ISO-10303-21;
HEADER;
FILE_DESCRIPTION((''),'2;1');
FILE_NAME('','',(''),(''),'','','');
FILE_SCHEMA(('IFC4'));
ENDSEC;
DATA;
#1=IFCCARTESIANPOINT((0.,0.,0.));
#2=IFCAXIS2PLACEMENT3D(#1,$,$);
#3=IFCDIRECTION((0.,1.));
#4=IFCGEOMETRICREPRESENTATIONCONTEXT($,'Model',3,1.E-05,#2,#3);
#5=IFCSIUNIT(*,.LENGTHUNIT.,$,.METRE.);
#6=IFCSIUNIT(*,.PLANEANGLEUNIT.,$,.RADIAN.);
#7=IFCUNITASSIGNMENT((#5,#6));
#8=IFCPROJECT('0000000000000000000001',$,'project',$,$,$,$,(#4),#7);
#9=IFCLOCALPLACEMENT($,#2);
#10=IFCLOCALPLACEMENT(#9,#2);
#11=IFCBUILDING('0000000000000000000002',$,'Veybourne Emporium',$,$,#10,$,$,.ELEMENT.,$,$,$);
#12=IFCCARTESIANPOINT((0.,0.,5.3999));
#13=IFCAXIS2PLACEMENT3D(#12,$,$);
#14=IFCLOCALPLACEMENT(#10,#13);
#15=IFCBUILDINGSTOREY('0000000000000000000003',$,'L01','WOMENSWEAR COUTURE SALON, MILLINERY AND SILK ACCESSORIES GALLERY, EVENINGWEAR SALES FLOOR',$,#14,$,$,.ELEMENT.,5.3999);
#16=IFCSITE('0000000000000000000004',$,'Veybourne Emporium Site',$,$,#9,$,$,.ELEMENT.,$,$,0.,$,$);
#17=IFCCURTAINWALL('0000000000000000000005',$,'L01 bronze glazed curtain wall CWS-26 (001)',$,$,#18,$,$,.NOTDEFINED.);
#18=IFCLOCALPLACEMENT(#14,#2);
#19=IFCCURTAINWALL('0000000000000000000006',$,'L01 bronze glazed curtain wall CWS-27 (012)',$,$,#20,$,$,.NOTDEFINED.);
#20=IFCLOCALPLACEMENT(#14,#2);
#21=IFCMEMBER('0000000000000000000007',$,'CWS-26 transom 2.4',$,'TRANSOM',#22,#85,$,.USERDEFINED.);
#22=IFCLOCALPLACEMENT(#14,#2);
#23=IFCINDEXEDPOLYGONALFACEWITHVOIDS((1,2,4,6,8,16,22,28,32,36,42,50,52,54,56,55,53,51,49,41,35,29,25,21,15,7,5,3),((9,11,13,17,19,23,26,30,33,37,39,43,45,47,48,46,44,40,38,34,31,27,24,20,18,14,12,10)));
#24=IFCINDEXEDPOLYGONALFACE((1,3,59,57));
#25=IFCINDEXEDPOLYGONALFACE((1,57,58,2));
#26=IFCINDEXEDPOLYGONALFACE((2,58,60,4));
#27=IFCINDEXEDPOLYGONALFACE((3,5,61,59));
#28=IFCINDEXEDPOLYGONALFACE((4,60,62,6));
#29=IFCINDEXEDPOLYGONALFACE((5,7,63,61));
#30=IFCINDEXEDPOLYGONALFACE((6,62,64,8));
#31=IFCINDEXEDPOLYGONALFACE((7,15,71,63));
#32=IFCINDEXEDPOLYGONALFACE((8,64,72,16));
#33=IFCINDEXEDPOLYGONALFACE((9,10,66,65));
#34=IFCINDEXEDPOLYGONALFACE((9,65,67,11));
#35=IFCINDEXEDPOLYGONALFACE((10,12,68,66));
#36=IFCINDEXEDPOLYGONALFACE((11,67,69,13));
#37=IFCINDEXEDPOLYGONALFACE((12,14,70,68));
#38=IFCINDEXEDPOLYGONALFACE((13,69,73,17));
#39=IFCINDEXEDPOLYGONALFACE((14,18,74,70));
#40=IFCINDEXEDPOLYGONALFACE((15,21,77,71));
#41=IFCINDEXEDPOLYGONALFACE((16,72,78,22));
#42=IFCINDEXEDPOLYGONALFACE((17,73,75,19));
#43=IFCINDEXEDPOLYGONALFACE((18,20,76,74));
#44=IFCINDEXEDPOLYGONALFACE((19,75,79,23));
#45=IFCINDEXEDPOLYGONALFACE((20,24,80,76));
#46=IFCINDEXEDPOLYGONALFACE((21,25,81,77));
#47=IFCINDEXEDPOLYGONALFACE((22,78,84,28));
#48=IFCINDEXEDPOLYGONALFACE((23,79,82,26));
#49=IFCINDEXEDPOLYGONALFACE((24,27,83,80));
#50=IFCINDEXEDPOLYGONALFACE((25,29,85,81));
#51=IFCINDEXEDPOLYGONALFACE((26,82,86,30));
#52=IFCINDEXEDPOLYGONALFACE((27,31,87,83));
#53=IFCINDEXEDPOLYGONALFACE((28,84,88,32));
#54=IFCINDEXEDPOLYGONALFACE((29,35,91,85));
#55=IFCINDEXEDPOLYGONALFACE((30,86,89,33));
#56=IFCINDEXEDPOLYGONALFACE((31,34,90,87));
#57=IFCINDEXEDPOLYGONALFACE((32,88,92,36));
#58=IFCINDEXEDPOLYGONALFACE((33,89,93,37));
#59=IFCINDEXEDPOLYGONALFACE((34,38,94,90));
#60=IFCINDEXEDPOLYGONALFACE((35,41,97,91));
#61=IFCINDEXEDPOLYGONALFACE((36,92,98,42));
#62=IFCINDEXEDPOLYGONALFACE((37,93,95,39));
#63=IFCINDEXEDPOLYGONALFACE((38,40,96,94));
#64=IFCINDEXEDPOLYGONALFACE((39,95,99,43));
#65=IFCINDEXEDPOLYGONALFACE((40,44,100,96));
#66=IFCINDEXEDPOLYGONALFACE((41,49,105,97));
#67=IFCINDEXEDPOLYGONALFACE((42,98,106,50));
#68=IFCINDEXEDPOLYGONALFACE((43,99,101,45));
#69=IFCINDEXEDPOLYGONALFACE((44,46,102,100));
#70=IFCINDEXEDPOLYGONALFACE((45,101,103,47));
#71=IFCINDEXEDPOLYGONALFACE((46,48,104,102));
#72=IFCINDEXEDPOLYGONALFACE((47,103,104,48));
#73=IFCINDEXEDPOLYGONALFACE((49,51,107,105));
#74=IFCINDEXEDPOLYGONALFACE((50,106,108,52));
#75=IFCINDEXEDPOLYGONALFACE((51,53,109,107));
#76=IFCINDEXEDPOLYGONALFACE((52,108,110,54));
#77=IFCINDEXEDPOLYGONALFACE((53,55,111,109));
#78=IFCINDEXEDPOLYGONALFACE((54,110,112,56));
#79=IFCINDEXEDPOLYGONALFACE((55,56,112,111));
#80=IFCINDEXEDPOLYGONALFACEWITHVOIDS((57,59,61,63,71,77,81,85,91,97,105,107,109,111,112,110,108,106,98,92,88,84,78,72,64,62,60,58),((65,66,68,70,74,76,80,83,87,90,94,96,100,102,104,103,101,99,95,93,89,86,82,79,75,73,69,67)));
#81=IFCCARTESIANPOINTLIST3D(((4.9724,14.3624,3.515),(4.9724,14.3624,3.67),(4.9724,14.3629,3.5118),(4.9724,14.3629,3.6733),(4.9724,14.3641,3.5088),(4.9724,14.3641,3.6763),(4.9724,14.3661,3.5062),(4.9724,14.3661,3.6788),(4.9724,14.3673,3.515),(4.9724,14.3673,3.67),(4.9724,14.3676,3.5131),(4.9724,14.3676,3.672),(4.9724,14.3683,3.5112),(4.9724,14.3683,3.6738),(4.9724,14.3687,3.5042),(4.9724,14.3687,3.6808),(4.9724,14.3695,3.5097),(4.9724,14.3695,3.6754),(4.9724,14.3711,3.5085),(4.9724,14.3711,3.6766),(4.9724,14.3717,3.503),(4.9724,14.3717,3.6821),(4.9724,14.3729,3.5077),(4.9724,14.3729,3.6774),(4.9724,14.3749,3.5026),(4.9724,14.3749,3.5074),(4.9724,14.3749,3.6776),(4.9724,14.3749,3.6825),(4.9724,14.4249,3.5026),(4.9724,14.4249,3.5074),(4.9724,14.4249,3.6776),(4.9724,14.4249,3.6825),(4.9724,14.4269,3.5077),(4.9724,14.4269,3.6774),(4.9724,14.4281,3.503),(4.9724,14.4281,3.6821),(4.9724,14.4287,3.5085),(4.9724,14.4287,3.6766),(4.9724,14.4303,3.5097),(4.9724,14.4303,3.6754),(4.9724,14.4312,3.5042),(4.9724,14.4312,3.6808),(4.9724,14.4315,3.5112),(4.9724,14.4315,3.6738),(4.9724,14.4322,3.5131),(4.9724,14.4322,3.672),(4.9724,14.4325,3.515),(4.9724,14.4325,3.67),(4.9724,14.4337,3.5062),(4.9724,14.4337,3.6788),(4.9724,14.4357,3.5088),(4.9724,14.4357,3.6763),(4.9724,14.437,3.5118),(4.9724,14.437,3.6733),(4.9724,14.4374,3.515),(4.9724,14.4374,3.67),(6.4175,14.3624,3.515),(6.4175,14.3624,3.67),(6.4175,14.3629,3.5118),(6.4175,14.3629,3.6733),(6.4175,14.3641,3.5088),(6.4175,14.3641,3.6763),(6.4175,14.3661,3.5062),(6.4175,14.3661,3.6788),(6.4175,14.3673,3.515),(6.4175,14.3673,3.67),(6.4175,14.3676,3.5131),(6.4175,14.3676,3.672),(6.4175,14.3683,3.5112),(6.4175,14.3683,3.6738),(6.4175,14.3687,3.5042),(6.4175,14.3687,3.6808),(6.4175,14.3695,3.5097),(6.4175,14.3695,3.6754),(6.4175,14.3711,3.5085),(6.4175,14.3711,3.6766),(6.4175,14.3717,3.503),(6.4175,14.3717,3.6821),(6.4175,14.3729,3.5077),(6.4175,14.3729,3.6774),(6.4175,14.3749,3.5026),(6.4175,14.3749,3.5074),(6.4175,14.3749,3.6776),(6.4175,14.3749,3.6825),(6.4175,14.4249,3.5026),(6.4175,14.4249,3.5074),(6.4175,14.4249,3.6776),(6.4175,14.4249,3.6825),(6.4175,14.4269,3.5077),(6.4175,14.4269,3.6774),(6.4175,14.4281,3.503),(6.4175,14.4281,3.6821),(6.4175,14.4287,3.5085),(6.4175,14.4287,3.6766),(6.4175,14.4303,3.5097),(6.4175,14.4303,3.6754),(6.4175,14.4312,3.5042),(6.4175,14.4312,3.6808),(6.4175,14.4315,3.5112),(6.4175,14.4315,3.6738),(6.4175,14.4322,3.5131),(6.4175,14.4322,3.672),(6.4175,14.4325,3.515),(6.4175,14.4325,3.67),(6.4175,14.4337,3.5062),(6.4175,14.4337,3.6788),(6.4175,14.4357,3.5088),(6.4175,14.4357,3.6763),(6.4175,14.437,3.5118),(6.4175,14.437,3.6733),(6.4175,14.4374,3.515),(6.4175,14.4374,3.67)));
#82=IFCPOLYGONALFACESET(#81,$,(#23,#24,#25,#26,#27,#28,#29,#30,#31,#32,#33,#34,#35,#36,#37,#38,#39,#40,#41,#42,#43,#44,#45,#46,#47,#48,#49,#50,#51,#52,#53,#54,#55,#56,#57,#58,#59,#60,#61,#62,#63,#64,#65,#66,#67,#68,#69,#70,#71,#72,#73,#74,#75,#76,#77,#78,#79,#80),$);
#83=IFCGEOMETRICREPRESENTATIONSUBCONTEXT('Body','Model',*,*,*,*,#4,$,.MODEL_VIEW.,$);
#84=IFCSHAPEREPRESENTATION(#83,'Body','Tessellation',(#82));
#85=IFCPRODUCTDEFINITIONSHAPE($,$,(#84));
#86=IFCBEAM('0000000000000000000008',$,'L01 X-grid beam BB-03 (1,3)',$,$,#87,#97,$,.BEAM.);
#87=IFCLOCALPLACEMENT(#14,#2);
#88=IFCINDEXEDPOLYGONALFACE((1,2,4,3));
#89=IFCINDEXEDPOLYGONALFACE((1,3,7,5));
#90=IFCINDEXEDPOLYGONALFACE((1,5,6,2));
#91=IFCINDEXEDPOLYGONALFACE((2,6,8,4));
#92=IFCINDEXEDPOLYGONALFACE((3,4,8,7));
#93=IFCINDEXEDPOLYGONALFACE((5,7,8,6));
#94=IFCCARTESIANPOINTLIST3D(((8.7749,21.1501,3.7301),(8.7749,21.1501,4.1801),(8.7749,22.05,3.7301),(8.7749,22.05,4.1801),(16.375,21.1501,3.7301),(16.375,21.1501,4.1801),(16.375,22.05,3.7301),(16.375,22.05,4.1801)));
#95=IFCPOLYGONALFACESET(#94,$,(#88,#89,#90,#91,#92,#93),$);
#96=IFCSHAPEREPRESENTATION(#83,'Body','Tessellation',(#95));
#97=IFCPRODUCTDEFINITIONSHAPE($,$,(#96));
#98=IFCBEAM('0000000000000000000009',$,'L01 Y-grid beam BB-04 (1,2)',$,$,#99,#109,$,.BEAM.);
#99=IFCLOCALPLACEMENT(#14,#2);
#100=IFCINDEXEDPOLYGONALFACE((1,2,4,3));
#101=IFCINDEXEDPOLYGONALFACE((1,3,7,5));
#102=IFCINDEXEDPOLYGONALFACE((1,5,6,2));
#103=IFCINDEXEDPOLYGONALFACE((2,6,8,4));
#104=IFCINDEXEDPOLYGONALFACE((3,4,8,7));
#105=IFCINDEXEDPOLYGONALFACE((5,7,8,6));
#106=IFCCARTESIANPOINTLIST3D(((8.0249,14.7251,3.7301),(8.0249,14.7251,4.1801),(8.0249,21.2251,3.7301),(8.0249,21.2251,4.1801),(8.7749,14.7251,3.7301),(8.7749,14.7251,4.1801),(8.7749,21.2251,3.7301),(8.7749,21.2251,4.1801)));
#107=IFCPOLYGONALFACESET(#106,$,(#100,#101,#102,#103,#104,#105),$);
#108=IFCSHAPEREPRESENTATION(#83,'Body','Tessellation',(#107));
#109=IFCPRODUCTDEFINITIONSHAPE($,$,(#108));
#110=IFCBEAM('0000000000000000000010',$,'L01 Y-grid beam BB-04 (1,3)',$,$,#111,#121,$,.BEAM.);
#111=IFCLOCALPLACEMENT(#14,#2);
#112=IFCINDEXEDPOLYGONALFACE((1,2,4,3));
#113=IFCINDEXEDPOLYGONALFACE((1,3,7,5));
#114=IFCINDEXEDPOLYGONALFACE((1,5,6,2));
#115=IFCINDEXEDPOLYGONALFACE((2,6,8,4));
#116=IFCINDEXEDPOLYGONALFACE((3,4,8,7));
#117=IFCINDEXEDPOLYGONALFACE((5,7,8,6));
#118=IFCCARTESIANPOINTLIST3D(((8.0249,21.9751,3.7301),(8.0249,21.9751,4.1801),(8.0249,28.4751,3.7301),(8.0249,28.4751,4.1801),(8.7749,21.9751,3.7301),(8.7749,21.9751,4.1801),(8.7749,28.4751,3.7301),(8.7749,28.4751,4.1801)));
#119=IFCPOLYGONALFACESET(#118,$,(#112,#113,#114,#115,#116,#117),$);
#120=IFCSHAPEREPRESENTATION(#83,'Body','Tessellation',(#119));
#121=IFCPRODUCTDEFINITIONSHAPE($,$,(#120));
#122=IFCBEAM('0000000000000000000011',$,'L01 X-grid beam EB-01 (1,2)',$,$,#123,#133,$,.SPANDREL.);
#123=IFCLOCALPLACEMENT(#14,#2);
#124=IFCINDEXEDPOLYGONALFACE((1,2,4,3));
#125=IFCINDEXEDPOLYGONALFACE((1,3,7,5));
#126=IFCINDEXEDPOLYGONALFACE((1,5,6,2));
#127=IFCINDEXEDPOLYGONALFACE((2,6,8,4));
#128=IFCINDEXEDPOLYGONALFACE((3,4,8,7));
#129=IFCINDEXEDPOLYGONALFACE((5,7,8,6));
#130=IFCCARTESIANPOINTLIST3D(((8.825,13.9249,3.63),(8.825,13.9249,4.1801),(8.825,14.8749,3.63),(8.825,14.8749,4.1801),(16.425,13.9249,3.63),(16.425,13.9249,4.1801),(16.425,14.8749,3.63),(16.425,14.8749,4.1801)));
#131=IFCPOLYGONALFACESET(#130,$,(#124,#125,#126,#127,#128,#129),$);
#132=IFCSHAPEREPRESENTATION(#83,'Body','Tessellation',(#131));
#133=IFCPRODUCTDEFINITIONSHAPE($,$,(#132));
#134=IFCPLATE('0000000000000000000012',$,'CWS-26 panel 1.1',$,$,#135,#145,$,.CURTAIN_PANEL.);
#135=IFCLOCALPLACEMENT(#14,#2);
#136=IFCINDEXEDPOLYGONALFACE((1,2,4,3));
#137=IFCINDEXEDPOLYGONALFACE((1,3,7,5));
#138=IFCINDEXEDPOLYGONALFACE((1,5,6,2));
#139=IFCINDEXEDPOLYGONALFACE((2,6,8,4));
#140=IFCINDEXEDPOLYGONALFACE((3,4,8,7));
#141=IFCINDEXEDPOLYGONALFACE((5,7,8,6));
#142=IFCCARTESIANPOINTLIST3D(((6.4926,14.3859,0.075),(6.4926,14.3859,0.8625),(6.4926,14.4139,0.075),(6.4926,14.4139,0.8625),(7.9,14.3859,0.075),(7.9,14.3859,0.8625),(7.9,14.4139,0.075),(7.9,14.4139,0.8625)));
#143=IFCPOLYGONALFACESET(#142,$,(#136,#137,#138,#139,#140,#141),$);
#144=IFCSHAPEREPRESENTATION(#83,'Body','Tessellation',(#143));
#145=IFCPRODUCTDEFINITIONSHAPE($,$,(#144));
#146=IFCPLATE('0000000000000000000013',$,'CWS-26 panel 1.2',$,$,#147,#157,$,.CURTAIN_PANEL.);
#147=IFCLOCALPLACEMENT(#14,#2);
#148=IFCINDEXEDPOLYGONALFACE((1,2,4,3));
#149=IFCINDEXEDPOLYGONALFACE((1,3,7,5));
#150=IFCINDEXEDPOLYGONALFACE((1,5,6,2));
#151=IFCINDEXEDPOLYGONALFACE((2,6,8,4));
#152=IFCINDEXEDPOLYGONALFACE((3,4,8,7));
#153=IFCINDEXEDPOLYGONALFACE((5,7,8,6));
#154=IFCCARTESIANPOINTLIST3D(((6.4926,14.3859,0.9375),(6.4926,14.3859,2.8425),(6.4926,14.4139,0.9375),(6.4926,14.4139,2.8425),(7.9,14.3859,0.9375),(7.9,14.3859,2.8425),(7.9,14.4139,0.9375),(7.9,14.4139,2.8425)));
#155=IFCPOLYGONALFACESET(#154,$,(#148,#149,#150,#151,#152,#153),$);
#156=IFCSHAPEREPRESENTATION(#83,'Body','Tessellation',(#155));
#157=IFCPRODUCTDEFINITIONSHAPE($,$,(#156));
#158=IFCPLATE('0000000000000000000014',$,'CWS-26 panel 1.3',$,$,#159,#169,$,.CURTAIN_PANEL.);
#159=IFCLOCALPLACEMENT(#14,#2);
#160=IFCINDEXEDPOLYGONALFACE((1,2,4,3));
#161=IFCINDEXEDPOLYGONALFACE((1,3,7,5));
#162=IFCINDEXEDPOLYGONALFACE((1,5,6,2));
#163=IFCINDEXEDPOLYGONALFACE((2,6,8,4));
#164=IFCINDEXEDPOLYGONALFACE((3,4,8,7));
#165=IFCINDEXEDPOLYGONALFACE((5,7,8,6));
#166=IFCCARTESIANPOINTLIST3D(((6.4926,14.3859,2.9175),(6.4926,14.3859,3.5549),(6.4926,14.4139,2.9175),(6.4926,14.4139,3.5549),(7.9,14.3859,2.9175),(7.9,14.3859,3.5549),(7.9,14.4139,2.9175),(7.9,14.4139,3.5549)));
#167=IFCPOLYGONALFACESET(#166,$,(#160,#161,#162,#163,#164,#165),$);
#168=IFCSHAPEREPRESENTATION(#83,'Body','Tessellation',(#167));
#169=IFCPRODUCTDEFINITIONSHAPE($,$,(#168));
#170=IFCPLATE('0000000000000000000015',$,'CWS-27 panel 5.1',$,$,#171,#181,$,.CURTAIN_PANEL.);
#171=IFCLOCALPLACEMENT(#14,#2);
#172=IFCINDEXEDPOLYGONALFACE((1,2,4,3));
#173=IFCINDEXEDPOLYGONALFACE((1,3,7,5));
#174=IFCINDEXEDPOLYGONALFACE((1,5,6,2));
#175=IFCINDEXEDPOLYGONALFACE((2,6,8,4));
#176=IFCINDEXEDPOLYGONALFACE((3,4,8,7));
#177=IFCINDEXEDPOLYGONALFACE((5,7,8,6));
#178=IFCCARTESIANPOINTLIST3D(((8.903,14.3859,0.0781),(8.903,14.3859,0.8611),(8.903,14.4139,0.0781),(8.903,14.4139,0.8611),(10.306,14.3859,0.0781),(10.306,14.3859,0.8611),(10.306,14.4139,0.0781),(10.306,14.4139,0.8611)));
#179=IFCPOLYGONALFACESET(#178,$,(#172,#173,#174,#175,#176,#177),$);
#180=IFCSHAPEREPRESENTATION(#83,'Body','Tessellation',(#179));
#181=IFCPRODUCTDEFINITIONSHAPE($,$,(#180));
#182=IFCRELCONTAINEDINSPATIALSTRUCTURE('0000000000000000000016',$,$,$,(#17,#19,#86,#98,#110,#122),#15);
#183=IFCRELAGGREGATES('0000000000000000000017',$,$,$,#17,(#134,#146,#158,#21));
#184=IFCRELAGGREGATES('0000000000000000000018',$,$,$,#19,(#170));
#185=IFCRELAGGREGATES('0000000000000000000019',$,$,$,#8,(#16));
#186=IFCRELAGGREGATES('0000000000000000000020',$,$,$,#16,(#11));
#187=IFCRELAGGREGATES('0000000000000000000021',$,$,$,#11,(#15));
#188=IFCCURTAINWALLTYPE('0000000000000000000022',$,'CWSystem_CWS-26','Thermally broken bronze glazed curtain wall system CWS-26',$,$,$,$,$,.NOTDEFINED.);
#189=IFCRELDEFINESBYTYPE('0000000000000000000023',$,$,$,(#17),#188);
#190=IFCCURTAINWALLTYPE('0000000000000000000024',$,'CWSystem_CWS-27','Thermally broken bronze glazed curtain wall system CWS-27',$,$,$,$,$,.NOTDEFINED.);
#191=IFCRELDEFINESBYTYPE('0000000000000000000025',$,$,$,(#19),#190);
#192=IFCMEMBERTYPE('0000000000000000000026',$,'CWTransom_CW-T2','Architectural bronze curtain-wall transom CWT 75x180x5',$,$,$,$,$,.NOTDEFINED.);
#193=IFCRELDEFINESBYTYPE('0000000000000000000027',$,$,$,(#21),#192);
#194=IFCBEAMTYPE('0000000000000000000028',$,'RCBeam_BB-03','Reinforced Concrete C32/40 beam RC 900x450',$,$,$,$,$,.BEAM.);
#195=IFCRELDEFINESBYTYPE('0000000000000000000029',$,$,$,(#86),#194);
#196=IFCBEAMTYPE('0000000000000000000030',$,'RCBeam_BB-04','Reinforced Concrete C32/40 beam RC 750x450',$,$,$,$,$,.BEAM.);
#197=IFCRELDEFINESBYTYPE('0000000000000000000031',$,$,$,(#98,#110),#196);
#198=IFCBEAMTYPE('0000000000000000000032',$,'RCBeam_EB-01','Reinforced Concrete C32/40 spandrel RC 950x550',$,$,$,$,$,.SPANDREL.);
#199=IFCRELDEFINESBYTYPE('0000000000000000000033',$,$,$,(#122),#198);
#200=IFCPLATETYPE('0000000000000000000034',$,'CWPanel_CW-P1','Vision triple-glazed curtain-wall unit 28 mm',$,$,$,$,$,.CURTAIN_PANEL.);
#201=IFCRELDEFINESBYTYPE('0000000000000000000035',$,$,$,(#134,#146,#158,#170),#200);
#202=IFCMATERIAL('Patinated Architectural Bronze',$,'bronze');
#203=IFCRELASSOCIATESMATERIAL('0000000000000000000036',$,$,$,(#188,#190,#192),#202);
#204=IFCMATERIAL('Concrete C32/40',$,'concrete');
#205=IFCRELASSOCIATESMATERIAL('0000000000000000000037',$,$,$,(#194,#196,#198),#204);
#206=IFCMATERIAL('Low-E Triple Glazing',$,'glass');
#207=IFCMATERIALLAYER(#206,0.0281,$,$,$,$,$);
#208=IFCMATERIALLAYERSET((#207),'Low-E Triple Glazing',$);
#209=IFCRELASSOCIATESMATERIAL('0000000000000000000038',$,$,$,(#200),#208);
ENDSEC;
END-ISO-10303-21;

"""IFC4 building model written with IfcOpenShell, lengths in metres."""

from ifc_helpers import new_model, si_unit, direction, frame, origin, origin_2d, place, context, subcontext, project, spatial, rectangle, hollow_rectangle, extrude, material, layer, layer_set, material_profile, profile_set, type_object, element, aggregate, save


model = new_model("IFC4")

# Units and contexts
model_context = context("Model", 3, precision=1e-05, world=origin(), true_north=direction((0.0, 1.0)))
body_context = subcontext(model_context, "Body", "Model", "MODEL_VIEW")
ifc_project = project(units=[si_unit("LENGTHUNIT", "METRE"), si_unit("PLANEANGLEUNIT", "RADIAN")], contexts=[model_context])

# Site, building, storey
site_placement = place(None, origin())
site = spatial("IfcSite", under=ifc_project, at=site_placement, Name="Veybourne Emporium Site", CompositionType="ELEMENT", RefElevation=0.0)
building_placement = place(site_placement, origin())
building = spatial("IfcBuilding", under=site, at=building_placement, Name="Veybourne Emporium", CompositionType="ELEMENT")
storey_placement = place(building_placement, frame((0.0, 0.0, 5.3999)))
storey = spatial("IfcBuildingStorey", under=building, at=storey_placement, Name="L01", Description="WOMENSWEAR COUTURE SALON, MILLINERY AND SILK ACCESSORIES GALLERY, EVENINGWEAR SALES FLOOR", CompositionType="ELEMENT", Elevation=5.3999)

# Curtain wall
ifc_material_1 = material(Name="Patinated Architectural Bronze", Category="bronze")
curtain_wall_type_1 = type_object("IfcCurtainWallType", Name="CWSystem_CWS-26", Description="Thermally broken bronze glazed curtain wall system CWS-26", PredefinedType="NOTDEFINED", material=ifc_material_1)
curtain_wall_1_placement = place(storey_placement, origin())
curtain_wall_1 = element("IfcCurtainWall", 1, at=curtain_wall_1_placement, inside=storey, type_object=curtain_wall_type_1, Name="L01 bronze glazed curtain wall CWS-26 (001)", PredefinedType="NOTDEFINED")

# Curtain wall
curtain_wall_type_2 = type_object("IfcCurtainWallType", Name="CWSystem_CWS-27", Description="Thermally broken bronze glazed curtain wall system CWS-27", PredefinedType="NOTDEFINED", material=ifc_material_1)
curtain_wall_2_placement = place(storey_placement, origin())
curtain_wall_2 = element("IfcCurtainWall", 2, at=curtain_wall_2_placement, inside=storey, type_object=curtain_wall_type_2, Name="L01 bronze glazed curtain wall CWS-27 (012)", PredefinedType="NOTDEFINED")

# Member
ifc_material_profile_1 = material_profile(ifc_material_1, hollow_rectangle(XDim=0.075, YDim=0.1799, WallThickness=0.0049, InnerFilletRadius=0.0076, OuterFilletRadius=0.0125, at=origin_2d()), Name="CWT 75x180x5")
ifc_profile_set_1 = profile_set([ifc_material_profile_1], Name="Patinated Architectural Bronze")
member_type_1 = type_object("IfcMemberType", Name="CWTransom_CW-T2", Description="Architectural bronze curtain-wall transom CWT 75x180x5", PredefinedType="NOTDEFINED", material=ifc_profile_set_1)
member_1_placement = place(storey_placement, frame((6.4175, 14.3999, 3.5925), z_axis=(-1.0, 0.0, 0.0), x_axis=(0.0, -1.0, 0.0)))
member_1 = element("IfcMember", 3, at=member_1_placement, type_object=member_type_1, Name="CWS-26 transom 2.4", ObjectType="TRANSOM", PredefinedType="USERDEFINED", context=body_context, shape_type="SweptSolid", body=[
    extrude(hollow_rectangle(XDim=0.075, YDim=0.1799, WallThickness=0.0049, InnerFilletRadius=0.0076, OuterFilletRadius=0.0125, at=origin_2d()), origin(), (0.0, 0.0, 1.0), 1.4451),
])

# Beams
ifc_material_2 = material(Name="Concrete C32/40", Category="concrete")
ifc_material_profile_2 = material_profile(ifc_material_2, rectangle(XDim=0.8999, YDim=0.45, at=origin_2d()), Name="RC 900x450")
ifc_profile_set_2 = profile_set([ifc_material_profile_2], Name="Concrete C32/40")
beam_type_1 = type_object("IfcBeamType", Name="RCBeam_BB-03", Description="Reinforced Concrete C32/40 beam RC 900x450", PredefinedType="BEAM", material=ifc_profile_set_2)
beam_1_placement = place(storey_placement, frame((8.7749, 21.6001, 3.9551), z_axis=(1.0, 0.0, 0.0), x_axis=(0.0, 1.0, 0.0)))
element("IfcBeam", 4, at=beam_1_placement, inside=storey, type_object=beam_type_1, Name="L01 X-grid beam BB-03 (1,3)", PredefinedType="BEAM", context=body_context, shape_type="SweptSolid", body=[
    extrude(rectangle(XDim=0.8999, YDim=0.45, at=origin_2d()), origin(), (0.0, 0.0, 1.0), 7.6001),
])
ifc_material_profile_3 = material_profile(ifc_material_2, rectangle(XDim=0.75, YDim=0.45, at=origin_2d()), Name="RC 750x450")
ifc_profile_set_3 = profile_set([ifc_material_profile_3], Name="Concrete C32/40")
beam_type_2 = type_object("IfcBeamType", Name="RCBeam_BB-04", Description="Reinforced Concrete C32/40 beam RC 750x450", PredefinedType="BEAM", material=ifc_profile_set_3)
for number, where, z_axis, x_axis, name in (
    (5, (8.3999, 14.7251, 3.9551), (0.0, 1.0, 0.0), (-1.0, 0.0, 0.0), "L01 Y-grid beam BB-04 (1,2)"),
    (6, (8.3999, 21.9751, 3.9551), (0.0, 1.0, 0.0), (-1.0, 0.0, 0.0), "L01 Y-grid beam BB-04 (1,3)"),
):
    element("IfcBeam", number, at=place(storey_placement, frame(where, z_axis=z_axis, x_axis=x_axis)), inside=storey, type_object=beam_type_2, Name=name, PredefinedType="BEAM", context=body_context, shape_type="SweptSolid", body=[
        extrude(rectangle(XDim=0.75, YDim=0.45, at=origin_2d()), origin(), (0.0, 0.0, 1.0), 6.5),
    ])
ifc_material_profile_4 = material_profile(ifc_material_2, rectangle(XDim=0.95, YDim=0.55, at=origin_2d()), Name="RC 950x550")
ifc_profile_set_4 = profile_set([ifc_material_profile_4], Name="Concrete C32/40")
beam_type_3 = type_object("IfcBeamType", Name="RCBeam_EB-01", Description="Reinforced Concrete C32/40 spandrel RC 950x550", PredefinedType="SPANDREL", material=ifc_profile_set_4)
beam_2_placement = place(storey_placement, frame((8.825, 14.3999, 3.905), z_axis=(1.0, 0.0, 0.0), x_axis=(0.0, 1.0, 0.0)))
element("IfcBeam", 7, at=beam_2_placement, inside=storey, type_object=beam_type_3, Name="L01 X-grid beam EB-01 (1,2)", PredefinedType="SPANDREL", context=body_context, shape_type="SweptSolid", body=[
    extrude(rectangle(XDim=0.95, YDim=0.55, at=origin_2d()), origin(), (0.0, 0.0, 1.0), 7.6001),
])

# Plates
ifc_material_3 = material(Name="Low-E Triple Glazing", Category="glass")
ifc_layer = layer(ifc_material_3, 0.0281)
ifc_layer_set = layer_set([ifc_layer], Name="Low-E Triple Glazing")
plate_type = type_object("IfcPlateType", Name="CWPanel_CW-P1", Description="Vision triple-glazed curtain-wall unit 28 mm", PredefinedType="CURTAIN_PANEL", material=ifc_layer_set)
plate_1_placement = place(storey_placement, frame((7.1963, 14.3999, 0.075), z_axis=(0.0, 0.0, 1.0), x_axis=(-1.0, 0.0, 0.0)))
plate_1 = element("IfcPlate", 8, at=plate_1_placement, type_object=plate_type, Name="CWS-26 panel 1.1", PredefinedType="CURTAIN_PANEL", context=body_context, shape_type="SweptSolid", body=[
    extrude(rectangle(XDim=1.4075, YDim=0.0281, at=origin_2d()), origin(), (0.0, 0.0, 1.0), 0.7876),
])
plate_2_placement = place(storey_placement, frame((7.1963, 14.3999, 0.9375), z_axis=(0.0, 0.0, 1.0), x_axis=(-1.0, 0.0, 0.0)))
plate_2 = element("IfcPlate", 9, at=plate_2_placement, type_object=plate_type, Name="CWS-26 panel 1.2", PredefinedType="CURTAIN_PANEL", context=body_context, shape_type="SweptSolid", body=[
    extrude(rectangle(XDim=1.4075, YDim=0.0281, at=origin_2d()), origin(), (0.0, 0.0, 1.0), 1.905),
])
plate_3_placement = place(storey_placement, frame((7.1963, 14.3999, 2.9175), z_axis=(0.0, 0.0, 1.0), x_axis=(-1.0, 0.0, 0.0)))
plate_3 = element("IfcPlate", 10, at=plate_3_placement, type_object=plate_type, Name="CWS-26 panel 1.3", PredefinedType="CURTAIN_PANEL", context=body_context, shape_type="SweptSolid", body=[
    extrude(rectangle(XDim=1.4075, YDim=0.0281, at=origin_2d()), origin(), (0.0, 0.0, 1.0), 0.6375),
])
aggregate(curtain_wall_1, [plate_1, plate_2, plate_3, member_1])
plate_4_placement = place(storey_placement, frame((9.6045, 14.3999, 0.0781), z_axis=(0.0, 0.0, 1.0), x_axis=(-1.0, 0.0, 0.0)))
plate_4 = element("IfcPlate", 11, at=plate_4_placement, type_object=plate_type, Name="CWS-27 panel 5.1", PredefinedType="CURTAIN_PANEL", context=body_context, shape_type="SweptSolid", body=[
    extrude(rectangle(XDim=1.4031, YDim=0.0281, at=origin_2d()), origin(), (0.0, 0.0, 1.0), 0.783),
])
aggregate(curtain_wall_2, [plate_4])

save(model, "model.ifc")
